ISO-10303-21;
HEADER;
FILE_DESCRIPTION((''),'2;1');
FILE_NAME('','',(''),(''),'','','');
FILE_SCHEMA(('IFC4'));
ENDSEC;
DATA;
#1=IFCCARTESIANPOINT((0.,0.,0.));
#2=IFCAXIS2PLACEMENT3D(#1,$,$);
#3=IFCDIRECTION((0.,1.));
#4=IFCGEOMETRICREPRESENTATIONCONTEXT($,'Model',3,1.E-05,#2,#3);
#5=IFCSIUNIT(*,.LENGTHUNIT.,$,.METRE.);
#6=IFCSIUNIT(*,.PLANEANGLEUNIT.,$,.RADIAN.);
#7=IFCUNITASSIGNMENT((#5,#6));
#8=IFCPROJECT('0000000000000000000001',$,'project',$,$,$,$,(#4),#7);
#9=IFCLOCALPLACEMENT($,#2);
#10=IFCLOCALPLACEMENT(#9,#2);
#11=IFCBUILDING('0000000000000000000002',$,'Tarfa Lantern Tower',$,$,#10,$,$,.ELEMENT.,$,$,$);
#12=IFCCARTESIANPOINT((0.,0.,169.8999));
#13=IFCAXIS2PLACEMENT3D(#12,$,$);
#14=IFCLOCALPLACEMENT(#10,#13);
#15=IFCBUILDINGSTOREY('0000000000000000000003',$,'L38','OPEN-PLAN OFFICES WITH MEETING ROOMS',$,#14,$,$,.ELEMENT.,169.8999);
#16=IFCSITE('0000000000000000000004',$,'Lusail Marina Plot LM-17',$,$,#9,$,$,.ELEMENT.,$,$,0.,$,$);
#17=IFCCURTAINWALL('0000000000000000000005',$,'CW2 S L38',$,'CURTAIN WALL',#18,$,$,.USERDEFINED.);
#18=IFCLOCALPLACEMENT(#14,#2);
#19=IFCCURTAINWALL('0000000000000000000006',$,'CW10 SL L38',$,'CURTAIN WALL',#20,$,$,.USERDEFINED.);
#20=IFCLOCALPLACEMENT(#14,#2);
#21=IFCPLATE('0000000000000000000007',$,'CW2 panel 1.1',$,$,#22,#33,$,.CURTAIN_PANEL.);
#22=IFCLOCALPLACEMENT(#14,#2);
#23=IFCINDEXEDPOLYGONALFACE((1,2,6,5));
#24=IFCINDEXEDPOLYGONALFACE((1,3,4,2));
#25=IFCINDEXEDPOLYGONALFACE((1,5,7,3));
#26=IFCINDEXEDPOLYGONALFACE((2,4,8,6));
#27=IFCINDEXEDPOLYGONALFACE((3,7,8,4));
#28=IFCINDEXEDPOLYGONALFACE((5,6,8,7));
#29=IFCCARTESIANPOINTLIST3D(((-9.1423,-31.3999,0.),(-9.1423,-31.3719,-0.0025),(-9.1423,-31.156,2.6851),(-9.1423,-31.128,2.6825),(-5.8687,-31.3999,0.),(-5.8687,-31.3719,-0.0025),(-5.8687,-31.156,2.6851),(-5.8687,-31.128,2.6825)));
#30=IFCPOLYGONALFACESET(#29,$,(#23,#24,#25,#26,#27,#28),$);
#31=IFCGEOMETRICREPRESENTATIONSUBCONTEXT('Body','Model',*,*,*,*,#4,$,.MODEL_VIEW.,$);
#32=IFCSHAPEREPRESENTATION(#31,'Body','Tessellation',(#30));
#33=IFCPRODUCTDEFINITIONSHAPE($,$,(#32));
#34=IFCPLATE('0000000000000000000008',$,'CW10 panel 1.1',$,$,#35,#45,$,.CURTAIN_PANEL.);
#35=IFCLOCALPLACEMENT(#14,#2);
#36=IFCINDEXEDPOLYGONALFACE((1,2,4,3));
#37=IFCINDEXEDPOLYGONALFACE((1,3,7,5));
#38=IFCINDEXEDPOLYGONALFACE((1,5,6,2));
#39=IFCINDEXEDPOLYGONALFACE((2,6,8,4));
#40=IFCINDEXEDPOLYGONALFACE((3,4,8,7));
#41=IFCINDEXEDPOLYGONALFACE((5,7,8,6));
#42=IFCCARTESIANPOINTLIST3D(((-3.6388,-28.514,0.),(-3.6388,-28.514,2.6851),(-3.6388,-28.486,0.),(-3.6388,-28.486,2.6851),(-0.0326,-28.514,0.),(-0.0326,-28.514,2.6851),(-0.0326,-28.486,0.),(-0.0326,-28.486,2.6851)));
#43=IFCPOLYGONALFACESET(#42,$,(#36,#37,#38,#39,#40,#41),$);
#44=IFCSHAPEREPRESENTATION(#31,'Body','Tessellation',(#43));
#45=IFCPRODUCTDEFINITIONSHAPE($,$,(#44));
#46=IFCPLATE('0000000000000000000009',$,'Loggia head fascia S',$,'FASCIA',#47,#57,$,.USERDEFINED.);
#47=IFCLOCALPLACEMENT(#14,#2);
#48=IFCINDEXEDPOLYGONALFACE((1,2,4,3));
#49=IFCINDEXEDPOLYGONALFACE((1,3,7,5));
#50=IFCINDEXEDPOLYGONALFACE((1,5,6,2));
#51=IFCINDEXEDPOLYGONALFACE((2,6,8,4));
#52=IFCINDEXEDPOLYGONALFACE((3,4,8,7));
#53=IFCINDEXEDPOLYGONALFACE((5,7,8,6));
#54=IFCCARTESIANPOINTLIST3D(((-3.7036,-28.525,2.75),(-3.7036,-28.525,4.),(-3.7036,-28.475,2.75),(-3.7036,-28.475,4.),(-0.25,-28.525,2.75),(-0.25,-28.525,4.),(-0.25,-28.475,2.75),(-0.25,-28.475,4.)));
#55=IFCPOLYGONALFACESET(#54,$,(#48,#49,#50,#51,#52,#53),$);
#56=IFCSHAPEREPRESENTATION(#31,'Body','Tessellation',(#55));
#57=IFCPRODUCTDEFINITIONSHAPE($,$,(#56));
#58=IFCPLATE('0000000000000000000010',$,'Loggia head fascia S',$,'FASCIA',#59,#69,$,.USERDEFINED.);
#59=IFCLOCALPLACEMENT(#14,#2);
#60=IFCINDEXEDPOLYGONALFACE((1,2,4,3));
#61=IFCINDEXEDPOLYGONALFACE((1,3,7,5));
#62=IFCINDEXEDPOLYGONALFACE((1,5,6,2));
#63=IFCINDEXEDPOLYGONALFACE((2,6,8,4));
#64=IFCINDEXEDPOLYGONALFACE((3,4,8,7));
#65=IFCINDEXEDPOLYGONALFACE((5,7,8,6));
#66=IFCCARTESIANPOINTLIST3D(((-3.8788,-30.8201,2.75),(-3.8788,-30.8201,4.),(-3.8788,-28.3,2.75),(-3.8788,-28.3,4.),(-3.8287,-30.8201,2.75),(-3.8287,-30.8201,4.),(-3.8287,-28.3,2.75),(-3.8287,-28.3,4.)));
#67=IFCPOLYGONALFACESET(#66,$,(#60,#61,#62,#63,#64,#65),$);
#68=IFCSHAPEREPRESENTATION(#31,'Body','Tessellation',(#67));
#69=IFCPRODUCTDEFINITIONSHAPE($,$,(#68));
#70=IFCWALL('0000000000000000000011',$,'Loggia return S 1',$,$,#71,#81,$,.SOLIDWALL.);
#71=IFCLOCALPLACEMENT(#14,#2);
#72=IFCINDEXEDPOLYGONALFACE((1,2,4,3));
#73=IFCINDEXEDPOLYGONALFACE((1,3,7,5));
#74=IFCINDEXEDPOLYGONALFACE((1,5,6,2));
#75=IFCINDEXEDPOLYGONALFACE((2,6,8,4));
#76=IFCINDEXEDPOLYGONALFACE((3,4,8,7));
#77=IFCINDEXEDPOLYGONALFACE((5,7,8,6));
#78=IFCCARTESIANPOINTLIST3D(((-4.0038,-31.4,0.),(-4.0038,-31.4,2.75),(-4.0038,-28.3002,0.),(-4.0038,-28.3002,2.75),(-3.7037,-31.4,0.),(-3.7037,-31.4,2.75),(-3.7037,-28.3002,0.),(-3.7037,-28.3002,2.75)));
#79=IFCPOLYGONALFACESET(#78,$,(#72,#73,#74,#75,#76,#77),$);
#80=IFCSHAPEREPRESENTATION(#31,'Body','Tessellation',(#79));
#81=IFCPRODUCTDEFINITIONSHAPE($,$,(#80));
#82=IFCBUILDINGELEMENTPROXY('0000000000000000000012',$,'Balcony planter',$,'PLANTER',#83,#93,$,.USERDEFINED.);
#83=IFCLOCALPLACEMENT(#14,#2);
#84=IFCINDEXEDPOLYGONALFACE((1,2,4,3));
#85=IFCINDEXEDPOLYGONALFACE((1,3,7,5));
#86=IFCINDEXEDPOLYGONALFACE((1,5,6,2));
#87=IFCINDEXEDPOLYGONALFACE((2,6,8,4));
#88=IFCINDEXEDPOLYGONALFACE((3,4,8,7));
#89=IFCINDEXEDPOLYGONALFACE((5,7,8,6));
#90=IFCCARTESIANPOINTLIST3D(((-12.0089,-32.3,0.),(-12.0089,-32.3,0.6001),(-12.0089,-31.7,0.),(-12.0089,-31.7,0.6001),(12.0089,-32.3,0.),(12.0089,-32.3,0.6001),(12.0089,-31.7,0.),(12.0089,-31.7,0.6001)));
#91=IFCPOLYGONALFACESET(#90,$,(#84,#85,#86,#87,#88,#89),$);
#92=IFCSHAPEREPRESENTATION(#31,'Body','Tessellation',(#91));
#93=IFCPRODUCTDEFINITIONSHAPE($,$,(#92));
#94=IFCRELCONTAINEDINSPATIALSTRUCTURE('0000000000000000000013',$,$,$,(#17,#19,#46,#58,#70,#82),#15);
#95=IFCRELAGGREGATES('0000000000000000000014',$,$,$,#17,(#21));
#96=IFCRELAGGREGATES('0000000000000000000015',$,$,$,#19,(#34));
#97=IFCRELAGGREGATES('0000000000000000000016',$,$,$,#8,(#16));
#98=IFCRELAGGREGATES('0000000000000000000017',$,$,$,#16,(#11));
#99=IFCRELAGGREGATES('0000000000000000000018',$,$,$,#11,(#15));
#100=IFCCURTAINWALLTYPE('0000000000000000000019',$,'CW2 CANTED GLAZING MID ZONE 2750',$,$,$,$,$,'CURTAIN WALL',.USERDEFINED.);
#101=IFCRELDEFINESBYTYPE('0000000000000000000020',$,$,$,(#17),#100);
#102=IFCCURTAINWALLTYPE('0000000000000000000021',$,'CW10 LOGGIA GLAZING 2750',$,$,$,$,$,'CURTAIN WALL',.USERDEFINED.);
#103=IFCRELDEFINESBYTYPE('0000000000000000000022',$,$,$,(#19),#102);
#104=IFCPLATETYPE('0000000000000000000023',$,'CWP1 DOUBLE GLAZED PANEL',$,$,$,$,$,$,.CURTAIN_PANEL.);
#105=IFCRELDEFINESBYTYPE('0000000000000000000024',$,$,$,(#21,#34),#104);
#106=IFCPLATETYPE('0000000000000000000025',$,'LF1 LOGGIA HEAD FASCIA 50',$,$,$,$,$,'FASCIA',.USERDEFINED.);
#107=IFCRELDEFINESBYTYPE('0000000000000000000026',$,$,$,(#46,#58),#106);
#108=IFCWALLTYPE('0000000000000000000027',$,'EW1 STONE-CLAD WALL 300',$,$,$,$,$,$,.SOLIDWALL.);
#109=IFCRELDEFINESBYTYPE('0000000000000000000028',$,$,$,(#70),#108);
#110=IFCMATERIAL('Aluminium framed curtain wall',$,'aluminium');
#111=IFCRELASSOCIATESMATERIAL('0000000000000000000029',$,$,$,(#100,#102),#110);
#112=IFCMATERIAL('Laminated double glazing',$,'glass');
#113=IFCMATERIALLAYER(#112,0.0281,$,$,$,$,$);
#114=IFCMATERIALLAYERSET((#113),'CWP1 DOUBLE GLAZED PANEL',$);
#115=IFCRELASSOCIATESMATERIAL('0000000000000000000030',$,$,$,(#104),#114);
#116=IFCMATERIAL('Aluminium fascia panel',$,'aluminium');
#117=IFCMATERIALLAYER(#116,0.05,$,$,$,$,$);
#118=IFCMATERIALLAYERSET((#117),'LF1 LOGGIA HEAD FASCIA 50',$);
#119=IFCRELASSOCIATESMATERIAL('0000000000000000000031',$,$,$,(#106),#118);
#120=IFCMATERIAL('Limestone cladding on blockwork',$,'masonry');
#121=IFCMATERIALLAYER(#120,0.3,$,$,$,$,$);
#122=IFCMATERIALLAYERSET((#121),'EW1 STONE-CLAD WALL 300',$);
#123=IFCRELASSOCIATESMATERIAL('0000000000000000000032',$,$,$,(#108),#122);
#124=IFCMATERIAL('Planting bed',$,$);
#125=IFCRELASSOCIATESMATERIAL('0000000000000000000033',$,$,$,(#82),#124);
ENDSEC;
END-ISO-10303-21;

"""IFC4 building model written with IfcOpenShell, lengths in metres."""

from ifc_helpers import new_model, si_unit, direction, frame, frame_2d, origin, origin_2d, place, context, subcontext, project, spatial, polyline, rectangle, outline, extrude, material, layer, layer_set, type_object, element, aggregate, save


model = new_model("IFC4")

# Units and contexts
model_context = context("Model", 3, precision=1e-05, world=origin(), true_north=direction((0.0, 1.0)))
body_context = subcontext(model_context, "Body", "Model", "MODEL_VIEW")
ifc_project = project(units=[si_unit("LENGTHUNIT", "METRE"), si_unit("PLANEANGLEUNIT", "RADIAN")], contexts=[model_context])

# Site, building, storey
site_placement = place(None, origin())
site = spatial("IfcSite", under=ifc_project, at=site_placement, Name="Lusail Marina Plot LM-17", CompositionType="ELEMENT", RefElevation=0.0)
building_placement = place(site_placement, origin())
building = spatial("IfcBuilding", under=site, at=building_placement, Name="Tarfa Lantern Tower", CompositionType="ELEMENT")
storey_placement = place(building_placement, frame((0.0, 0.0, 169.8999)))
storey = spatial("IfcBuildingStorey", under=building, at=storey_placement, Name="L38", Description="OPEN-PLAN OFFICES WITH MEETING ROOMS", CompositionType="ELEMENT", Elevation=169.8999)

# Shared definitions
ifc_material_1 = material(Name="Aluminium framed curtain wall", Category="aluminium")
curtain_wall_type_1 = type_object("IfcCurtainWallType", Name="CW2 CANTED GLAZING MID ZONE 2750", ElementType="CURTAIN WALL", PredefinedType="USERDEFINED", material=ifc_material_1)

# Curtain walls
curtain_wall_1_placement = place(storey_placement, origin())
curtain_wall_1 = element("IfcCurtainWall", 1, at=curtain_wall_1_placement, inside=storey, type_object=curtain_wall_type_1, Name="CW2 S L38", ObjectType="CURTAIN WALL", PredefinedType="USERDEFINED")
curtain_wall_type_2 = type_object("IfcCurtainWallType", Name="CW10 LOGGIA GLAZING 2750", ElementType="CURTAIN WALL", PredefinedType="USERDEFINED", material=ifc_material_1)
curtain_wall_2_placement = place(storey_placement, origin())
curtain_wall_2 = element("IfcCurtainWall", 2, at=curtain_wall_2_placement, inside=storey, type_object=curtain_wall_type_2, Name="CW10 SL L38", ObjectType="CURTAIN WALL", PredefinedType="USERDEFINED")

# Plates
ifc_material_2 = material(Name="Laminated double glazing", Category="glass")
ifc_layer_1 = layer(ifc_material_2, 0.0281)
ifc_layer_set_1 = layer_set([ifc_layer_1], Name="CWP1 DOUBLE GLAZED PANEL")
plate_type_1 = type_object("IfcPlateType", Name="CWP1 DOUBLE GLAZED PANEL", PredefinedType="CURTAIN_PANEL", material=ifc_layer_set_1)
plate_1_placement = place(storey_placement, frame((-9.1423, -31.3999, 0.0), z_axis=(0.0, -0.9959, 0.090462), x_axis=(1.0, 0.0, 0.0)))
plate_1 = element("IfcPlate", 3, at=plate_1_placement, type_object=plate_type_1, Name="CW2 panel 1.1", PredefinedType="CURTAIN_PANEL", context=body_context, shape_type="SweptSolid", body=[
    extrude(outline(polyline([(0.0, 0.0), (3.2737, 0.0), (3.2737, 2.6961), (0.0, 2.6961), (0.0, 0.0)])), origin(), (0.0, 0.0, -1.0), 0.0281),
])
aggregate(curtain_wall_1, [plate_1])
plate_2_placement = place(storey_placement, frame((-1.8357, -28.5, 0.0), z_axis=(0.0, 0.0, 1.0), x_axis=(1.0, 0.0, 0.0)))
plate_2 = element("IfcPlate", 4, at=plate_2_placement, type_object=plate_type_1, Name="CW10 panel 1.1", PredefinedType="CURTAIN_PANEL", context=body_context, shape_type="SweptSolid", body=[
    extrude(rectangle(XDim=3.6062, YDim=0.0281, at=origin_2d()), origin(), (0.0, 0.0, 1.0), 2.6851),
])
aggregate(curtain_wall_2, [plate_2])

# Plates
ifc_material_3 = material(Name="Aluminium fascia panel", Category="aluminium")
ifc_layer_2 = layer(ifc_material_3, 0.05)
ifc_layer_set_2 = layer_set([ifc_layer_2], Name="LF1 LOGGIA HEAD FASCIA 50")
plate_type_2 = type_object("IfcPlateType", Name="LF1 LOGGIA HEAD FASCIA 50", ElementType="FASCIA", PredefinedType="USERDEFINED", material=ifc_layer_set_2)
plate_3_placement = place(storey_placement, frame((-1.9768, -28.5, 2.75), z_axis=(0.0, 0.0, 1.0), x_axis=(1.0, 0.0, 0.0)))
element("IfcPlate", 5, at=plate_3_placement, inside=storey, type_object=plate_type_2, Name="Loggia head fascia S", ObjectType="FASCIA", PredefinedType="USERDEFINED", context=body_context, shape_type="SweptSolid", body=[
    extrude(rectangle(XDim=3.4536, YDim=0.05, at=origin_2d()), origin(), (0.0, 0.0, 1.0), 1.25),
])
plate_4_placement = place(storey_placement, frame((-3.8538, -29.5601, 2.75), z_axis=(0.0, 0.0, 1.0), x_axis=(0.0, 1.0, 0.0)))
element("IfcPlate", 6, at=plate_4_placement, inside=storey, type_object=plate_type_2, Name="Loggia head fascia S", ObjectType="FASCIA", PredefinedType="USERDEFINED", context=body_context, shape_type="SweptSolid", body=[
    extrude(rectangle(XDim=2.52, YDim=0.05, at=origin_2d()), origin(), (0.0, 0.0, 1.0), 1.25),
])

# Wall
ifc_material_4 = material(Name="Limestone cladding on blockwork", Category="masonry")
ifc_layer_3 = layer(ifc_material_4, 0.3)
ifc_layer_set_3 = layer_set([ifc_layer_3], Name="EW1 STONE-CLAD WALL 300")
wall_type = type_object("IfcWallType", Name="EW1 STONE-CLAD WALL 300", PredefinedType="SOLIDWALL", material=ifc_layer_set_3)
wall_placement = place(storey_placement, frame((-3.8538, -31.3999, 0.0), z_axis=(0.0, 0.0, 1.0), x_axis=(0.0, 1.0, 0.0)))
element("IfcWall", 7, at=wall_placement, inside=storey, type_object=wall_type, Name="Loggia return S 1", PredefinedType="SOLIDWALL", context=body_context, shape_type="SweptSolid", body=[
    extrude(rectangle(XDim=3.0999, YDim=0.3, at=frame_2d((1.5498, 0.0))), origin(), (0.0, 0.0, 1.0), 2.75),
])

# Building element proxy
ifc_material_5 = material(Name="Planting bed")
proxy_placement = place(storey_placement, frame((0.0, -32.0, 0.0), z_axis=(0.0, 0.0, 1.0), x_axis=(1.0, 0.0, 0.0)))
element("IfcBuildingElementProxy", 8, at=proxy_placement, inside=storey, material=ifc_material_5, Name="Balcony planter", ObjectType="PLANTER", PredefinedType="USERDEFINED", context=body_context, shape_type="SweptSolid", body=[
    extrude(rectangle(XDim=24.0178, YDim=0.6001, at=origin_2d()), origin(), (0.0, 0.0, 1.0), 0.6001),
])

save(model, "model.ifc")
